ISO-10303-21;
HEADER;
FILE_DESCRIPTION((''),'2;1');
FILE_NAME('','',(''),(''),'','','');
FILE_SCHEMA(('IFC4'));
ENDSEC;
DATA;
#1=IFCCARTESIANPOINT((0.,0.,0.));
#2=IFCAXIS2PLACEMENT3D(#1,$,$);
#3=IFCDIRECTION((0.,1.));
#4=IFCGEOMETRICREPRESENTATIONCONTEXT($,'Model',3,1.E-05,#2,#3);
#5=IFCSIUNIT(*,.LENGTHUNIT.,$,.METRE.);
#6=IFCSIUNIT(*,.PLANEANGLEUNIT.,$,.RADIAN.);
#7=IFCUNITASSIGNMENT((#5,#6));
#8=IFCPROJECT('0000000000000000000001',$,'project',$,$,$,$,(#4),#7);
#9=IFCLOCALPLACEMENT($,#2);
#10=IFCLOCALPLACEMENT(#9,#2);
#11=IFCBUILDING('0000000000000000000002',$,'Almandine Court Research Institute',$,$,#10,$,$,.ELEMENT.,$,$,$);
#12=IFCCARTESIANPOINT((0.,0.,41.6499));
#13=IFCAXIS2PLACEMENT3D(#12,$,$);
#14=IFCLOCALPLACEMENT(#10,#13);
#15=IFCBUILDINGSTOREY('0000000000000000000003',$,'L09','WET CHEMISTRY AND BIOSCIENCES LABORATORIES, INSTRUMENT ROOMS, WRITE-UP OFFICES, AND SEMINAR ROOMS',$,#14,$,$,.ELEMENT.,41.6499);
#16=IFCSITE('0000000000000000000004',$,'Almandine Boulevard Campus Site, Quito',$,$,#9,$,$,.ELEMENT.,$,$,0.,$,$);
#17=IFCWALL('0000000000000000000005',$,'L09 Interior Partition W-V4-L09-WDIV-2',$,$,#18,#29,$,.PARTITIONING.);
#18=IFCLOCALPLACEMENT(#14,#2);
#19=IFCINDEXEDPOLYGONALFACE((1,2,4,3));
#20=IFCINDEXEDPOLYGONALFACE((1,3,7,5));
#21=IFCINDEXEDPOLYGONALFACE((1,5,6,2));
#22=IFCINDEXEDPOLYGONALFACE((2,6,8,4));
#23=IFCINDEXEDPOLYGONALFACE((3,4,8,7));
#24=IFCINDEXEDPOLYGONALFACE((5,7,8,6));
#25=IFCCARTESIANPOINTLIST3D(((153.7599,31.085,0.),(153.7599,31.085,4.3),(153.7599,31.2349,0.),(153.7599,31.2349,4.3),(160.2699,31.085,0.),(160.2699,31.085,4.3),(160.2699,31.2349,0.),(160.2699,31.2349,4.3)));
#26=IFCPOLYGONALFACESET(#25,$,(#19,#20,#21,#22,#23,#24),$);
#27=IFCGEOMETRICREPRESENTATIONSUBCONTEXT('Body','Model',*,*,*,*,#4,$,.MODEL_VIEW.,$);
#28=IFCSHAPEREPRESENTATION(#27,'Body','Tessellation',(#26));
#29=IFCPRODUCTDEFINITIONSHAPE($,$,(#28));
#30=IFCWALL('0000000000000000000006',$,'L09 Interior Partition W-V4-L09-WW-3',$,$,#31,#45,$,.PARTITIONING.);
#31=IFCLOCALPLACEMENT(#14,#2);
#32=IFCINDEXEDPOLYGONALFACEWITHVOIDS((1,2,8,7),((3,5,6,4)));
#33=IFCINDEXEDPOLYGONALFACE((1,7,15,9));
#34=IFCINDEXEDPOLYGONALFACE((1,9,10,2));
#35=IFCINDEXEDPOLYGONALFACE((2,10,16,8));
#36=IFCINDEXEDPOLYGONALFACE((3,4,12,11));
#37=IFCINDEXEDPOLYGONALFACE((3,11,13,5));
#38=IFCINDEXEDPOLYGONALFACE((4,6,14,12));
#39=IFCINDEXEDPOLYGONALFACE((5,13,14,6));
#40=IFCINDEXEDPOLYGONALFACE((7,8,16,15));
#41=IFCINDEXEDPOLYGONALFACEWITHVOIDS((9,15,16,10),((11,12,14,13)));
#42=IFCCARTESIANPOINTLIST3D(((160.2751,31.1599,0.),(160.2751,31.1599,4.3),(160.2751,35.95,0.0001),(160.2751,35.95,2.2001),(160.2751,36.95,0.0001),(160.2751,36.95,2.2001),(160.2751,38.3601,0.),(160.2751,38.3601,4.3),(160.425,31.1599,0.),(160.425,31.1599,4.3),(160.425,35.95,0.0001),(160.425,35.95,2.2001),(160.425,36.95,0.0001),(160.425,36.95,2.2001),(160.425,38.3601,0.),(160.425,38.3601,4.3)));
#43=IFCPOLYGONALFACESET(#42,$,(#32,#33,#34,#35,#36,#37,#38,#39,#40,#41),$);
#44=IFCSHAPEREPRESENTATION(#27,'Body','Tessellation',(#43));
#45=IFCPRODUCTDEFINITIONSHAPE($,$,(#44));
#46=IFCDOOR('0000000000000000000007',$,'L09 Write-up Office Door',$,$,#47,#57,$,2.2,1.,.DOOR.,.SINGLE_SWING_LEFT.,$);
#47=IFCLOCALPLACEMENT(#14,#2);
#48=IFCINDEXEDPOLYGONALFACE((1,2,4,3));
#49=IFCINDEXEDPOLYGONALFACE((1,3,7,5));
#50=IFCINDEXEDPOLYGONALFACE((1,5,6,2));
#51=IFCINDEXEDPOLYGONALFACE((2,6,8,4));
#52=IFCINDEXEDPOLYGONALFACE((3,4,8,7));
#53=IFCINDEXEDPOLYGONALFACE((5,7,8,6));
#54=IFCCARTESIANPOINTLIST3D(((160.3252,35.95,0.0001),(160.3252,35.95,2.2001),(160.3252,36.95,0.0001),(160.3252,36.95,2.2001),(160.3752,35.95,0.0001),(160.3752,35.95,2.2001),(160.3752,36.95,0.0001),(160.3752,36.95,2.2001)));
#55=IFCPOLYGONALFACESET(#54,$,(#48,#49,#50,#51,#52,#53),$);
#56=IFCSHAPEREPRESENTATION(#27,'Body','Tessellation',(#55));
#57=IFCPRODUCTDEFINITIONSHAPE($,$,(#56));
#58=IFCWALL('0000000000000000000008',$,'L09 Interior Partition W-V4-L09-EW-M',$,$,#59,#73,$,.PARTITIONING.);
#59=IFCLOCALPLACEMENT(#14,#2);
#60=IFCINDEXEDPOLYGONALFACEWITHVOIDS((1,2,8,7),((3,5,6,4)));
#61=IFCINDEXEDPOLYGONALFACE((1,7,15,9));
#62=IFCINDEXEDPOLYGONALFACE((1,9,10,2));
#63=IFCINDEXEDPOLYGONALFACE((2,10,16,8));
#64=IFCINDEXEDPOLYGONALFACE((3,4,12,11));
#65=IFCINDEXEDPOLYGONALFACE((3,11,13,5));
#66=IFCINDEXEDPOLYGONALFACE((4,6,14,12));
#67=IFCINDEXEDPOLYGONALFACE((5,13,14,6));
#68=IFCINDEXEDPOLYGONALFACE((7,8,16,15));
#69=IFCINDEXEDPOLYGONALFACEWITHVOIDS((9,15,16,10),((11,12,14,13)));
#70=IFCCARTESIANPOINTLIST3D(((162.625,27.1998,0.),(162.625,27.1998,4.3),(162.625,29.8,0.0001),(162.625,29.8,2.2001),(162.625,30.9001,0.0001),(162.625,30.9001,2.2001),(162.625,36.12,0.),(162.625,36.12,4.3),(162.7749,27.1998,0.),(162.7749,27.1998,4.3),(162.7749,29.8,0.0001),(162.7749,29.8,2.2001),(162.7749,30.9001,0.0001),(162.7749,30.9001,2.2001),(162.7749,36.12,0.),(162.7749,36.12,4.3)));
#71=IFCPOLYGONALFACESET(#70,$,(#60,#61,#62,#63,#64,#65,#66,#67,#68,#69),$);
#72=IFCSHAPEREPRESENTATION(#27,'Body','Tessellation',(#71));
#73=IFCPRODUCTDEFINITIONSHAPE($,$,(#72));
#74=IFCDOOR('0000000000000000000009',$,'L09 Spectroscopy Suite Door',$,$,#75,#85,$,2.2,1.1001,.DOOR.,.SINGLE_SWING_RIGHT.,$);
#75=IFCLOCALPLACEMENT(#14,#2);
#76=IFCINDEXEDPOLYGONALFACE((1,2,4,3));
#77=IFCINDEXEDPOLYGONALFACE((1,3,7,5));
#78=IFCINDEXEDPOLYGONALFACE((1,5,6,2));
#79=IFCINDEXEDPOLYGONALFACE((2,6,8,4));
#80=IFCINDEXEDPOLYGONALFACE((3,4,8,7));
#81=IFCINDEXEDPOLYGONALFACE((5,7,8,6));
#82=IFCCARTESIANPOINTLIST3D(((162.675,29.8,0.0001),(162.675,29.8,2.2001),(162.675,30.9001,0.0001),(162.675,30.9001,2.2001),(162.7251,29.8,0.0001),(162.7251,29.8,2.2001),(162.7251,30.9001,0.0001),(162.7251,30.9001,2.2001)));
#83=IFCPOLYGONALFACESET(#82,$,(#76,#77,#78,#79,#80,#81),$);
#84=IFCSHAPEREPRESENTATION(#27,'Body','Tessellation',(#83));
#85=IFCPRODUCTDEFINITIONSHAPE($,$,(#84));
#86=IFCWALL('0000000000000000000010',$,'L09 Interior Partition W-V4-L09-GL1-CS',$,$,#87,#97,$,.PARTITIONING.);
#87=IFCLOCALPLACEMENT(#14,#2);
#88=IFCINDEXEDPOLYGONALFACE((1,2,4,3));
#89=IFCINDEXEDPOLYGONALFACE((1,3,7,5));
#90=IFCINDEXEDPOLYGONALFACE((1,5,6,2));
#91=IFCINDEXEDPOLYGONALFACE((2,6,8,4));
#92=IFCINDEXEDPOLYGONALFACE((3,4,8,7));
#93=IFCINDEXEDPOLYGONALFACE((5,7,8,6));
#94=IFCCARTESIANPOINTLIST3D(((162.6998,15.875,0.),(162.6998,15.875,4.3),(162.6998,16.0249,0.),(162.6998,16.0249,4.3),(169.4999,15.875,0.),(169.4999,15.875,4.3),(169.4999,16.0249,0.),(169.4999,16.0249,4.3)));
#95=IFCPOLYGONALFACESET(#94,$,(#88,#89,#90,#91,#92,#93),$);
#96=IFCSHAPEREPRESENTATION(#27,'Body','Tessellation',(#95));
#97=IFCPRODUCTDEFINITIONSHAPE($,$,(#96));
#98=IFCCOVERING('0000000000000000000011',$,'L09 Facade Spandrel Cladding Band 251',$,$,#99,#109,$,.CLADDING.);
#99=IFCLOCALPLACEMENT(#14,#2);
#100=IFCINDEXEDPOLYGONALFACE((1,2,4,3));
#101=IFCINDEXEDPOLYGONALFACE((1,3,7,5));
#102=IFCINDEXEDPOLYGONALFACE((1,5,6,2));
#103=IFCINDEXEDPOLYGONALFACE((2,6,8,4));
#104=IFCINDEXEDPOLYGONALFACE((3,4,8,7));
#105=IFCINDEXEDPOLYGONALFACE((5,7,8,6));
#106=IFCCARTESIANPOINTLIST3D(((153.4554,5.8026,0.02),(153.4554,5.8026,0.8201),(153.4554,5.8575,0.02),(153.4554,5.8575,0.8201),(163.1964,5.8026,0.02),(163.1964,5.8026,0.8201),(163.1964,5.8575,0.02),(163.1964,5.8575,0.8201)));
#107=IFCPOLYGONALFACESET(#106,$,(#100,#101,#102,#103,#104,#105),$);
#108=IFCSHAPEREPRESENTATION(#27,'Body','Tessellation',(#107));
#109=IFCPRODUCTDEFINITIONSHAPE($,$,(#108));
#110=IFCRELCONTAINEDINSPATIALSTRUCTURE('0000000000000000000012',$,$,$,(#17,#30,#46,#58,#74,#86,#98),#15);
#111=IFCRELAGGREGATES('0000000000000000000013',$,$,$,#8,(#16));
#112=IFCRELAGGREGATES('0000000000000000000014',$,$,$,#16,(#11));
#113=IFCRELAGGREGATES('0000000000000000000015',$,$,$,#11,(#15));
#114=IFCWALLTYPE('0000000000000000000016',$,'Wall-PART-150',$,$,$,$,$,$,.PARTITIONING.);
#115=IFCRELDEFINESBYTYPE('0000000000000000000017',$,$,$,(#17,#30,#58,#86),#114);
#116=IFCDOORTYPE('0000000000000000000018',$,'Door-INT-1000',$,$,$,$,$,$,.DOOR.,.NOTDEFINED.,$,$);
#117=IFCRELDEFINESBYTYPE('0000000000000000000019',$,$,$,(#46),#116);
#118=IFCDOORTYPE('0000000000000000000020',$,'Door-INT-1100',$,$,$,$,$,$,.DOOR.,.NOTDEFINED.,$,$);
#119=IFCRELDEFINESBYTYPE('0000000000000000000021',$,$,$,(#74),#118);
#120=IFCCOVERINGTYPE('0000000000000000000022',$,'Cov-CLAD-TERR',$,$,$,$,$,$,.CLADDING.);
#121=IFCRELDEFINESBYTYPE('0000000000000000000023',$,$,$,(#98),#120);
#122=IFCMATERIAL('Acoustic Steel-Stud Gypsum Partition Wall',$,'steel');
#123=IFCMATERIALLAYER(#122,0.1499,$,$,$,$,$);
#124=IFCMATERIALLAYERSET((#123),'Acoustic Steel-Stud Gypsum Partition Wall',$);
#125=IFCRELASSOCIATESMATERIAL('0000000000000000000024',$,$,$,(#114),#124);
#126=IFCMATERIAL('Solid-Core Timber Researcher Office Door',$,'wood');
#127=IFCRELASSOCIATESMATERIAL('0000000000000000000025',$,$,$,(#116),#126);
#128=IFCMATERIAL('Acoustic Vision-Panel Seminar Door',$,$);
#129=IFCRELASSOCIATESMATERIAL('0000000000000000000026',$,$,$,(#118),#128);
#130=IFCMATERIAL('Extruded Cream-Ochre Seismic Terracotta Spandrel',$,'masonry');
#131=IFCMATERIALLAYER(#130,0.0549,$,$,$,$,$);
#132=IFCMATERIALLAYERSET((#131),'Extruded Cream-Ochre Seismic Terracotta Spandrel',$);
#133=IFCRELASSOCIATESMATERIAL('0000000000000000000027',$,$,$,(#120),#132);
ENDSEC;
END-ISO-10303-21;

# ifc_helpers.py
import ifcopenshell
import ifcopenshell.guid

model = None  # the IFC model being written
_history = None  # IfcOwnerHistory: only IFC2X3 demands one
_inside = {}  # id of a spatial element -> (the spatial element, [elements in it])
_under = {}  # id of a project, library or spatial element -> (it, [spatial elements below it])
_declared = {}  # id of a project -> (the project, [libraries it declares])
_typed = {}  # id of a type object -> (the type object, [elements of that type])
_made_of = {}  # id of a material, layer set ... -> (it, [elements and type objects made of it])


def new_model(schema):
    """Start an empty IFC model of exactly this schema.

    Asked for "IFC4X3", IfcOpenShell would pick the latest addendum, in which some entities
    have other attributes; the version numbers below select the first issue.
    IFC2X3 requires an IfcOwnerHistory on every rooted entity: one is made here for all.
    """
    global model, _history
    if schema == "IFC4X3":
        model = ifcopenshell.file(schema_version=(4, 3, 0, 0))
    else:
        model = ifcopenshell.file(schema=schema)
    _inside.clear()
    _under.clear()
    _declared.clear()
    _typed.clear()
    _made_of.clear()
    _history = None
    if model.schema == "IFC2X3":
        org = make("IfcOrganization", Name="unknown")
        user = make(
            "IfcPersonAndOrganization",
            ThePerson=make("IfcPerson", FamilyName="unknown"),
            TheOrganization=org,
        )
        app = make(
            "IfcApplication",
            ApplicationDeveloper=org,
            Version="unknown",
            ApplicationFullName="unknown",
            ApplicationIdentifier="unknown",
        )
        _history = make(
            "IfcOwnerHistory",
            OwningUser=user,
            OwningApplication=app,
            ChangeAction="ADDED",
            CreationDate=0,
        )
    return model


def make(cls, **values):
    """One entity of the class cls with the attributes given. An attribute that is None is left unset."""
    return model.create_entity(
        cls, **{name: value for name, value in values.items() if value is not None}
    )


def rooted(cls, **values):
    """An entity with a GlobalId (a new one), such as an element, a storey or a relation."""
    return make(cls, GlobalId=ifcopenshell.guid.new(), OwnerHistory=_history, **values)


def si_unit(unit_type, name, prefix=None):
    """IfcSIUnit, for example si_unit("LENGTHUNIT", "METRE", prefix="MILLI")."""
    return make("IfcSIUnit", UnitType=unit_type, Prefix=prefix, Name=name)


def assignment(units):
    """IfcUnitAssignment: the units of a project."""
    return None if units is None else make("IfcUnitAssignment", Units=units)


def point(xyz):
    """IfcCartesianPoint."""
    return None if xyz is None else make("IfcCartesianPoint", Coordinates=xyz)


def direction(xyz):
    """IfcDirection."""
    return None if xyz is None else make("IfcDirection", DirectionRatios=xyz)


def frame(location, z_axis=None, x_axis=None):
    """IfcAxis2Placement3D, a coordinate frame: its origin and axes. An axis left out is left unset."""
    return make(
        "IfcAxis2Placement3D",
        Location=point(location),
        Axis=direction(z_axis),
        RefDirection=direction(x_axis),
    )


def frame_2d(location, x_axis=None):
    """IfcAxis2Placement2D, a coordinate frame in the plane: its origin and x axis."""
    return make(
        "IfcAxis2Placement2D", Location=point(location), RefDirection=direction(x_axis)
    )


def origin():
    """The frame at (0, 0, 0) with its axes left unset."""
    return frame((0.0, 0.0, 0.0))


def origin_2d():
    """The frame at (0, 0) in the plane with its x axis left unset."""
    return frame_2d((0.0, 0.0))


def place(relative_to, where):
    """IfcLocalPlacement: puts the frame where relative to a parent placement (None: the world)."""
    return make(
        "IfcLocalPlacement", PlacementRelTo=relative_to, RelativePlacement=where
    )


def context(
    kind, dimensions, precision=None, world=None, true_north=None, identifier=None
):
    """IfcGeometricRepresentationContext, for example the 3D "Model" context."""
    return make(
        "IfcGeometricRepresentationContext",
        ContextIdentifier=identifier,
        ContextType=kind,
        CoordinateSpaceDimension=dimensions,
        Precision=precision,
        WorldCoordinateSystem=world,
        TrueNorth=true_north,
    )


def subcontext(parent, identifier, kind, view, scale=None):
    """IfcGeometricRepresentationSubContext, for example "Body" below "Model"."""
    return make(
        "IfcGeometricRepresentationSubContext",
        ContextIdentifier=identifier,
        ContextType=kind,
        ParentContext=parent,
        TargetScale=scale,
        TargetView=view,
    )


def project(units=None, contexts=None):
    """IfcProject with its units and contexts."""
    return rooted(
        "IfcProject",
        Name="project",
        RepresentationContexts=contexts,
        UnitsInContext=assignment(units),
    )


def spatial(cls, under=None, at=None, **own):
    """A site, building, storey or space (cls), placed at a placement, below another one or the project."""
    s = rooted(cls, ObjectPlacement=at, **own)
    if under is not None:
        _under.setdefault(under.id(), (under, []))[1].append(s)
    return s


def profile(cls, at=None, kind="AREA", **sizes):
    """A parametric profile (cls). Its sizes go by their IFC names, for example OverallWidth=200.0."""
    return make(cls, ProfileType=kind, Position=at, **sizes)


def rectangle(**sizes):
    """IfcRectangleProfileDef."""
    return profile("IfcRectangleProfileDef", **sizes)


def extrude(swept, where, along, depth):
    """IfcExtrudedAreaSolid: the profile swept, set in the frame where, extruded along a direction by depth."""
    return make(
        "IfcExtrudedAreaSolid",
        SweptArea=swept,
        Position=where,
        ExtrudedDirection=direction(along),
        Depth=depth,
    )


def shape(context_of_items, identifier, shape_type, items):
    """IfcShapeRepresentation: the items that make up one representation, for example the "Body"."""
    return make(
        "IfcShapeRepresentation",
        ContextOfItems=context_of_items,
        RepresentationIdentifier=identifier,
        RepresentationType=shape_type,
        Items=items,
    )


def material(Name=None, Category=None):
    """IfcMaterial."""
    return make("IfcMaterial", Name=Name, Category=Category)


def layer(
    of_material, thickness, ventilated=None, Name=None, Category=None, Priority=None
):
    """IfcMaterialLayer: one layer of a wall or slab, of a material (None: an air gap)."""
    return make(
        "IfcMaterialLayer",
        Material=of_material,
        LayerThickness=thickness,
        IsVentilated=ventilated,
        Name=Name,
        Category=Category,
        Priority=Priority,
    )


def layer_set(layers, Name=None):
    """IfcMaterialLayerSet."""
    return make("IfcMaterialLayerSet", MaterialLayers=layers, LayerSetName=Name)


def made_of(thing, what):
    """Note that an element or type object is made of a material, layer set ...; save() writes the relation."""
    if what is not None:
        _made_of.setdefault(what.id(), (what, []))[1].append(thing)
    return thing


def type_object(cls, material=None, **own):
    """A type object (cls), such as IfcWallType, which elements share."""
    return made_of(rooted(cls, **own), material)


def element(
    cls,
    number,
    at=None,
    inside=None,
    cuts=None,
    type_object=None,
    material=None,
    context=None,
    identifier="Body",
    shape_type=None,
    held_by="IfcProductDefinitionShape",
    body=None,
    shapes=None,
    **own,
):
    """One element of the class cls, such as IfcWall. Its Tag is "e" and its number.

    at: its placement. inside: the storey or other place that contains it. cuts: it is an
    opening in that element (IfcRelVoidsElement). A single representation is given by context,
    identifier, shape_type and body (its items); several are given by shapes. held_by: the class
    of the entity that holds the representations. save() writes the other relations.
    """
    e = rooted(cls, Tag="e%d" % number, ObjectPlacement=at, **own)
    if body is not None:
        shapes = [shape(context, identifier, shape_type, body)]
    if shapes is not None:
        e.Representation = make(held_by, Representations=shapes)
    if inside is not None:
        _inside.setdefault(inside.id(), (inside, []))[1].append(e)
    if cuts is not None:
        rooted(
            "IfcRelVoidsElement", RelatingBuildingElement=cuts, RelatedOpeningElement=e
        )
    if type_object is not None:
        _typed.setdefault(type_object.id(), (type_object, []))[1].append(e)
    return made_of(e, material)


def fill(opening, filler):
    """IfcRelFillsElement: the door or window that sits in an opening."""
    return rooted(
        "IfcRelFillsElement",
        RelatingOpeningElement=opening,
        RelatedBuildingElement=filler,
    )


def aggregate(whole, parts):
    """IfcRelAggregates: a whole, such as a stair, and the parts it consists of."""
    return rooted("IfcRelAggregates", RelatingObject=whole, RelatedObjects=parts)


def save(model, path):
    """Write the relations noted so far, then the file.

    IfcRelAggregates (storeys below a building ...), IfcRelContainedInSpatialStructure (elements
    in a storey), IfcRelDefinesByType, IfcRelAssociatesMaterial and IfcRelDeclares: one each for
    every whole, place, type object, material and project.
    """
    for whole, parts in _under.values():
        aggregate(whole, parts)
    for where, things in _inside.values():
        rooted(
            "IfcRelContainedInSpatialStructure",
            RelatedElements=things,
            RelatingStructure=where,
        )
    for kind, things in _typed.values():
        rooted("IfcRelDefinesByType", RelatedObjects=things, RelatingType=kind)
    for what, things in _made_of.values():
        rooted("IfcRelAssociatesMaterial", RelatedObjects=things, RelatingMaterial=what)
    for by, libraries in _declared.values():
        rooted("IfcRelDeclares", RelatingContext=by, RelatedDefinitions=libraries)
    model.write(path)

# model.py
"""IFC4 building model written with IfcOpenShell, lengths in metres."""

from ifc_helpers import new_model, si_unit, direction, frame, frame_2d, origin, origin_2d, place, context, subcontext, project, spatial, rectangle, extrude, material, layer, layer_set, type_object, element, fill, save


model = new_model("IFC4")

# Units and contexts
model_context = context("Model", 3, precision=1e-05, world=origin(), true_north=direction((0.0, 1.0)))
body_context = subcontext(model_context, "Body", "Model", "MODEL_VIEW")
ifc_project = project(units=[si_unit("LENGTHUNIT", "METRE"), si_unit("PLANEANGLEUNIT", "RADIAN")], contexts=[model_context])

# Site, building, storey
site_placement = place(None, origin())
site = spatial("IfcSite", under=ifc_project, at=site_placement, Name="Almandine Boulevard Campus Site, Quito", CompositionType="ELEMENT", RefElevation=0.0)
building_placement = place(site_placement, origin())
building = spatial("IfcBuilding", under=site, at=building_placement, Name="Almandine Court Research Institute", CompositionType="ELEMENT")
storey_placement = place(building_placement, frame((0.0, 0.0, 41.6499)))
storey = spatial("IfcBuildingStorey", under=building, at=storey_placement, Name="L09", Description="WET CHEMISTRY AND BIOSCIENCES LABORATORIES, INSTRUMENT ROOMS, WRITE-UP OFFICES, AND SEMINAR ROOMS", CompositionType="ELEMENT", Elevation=41.6499)

# Shared definitions
ifc_material_1 = material(Name="Acoustic Steel-Stud Gypsum Partition Wall", Category="steel")
ifc_layer_1 = layer(ifc_material_1, 0.1499)
ifc_layer_set_1 = layer_set([ifc_layer_1], Name="Acoustic Steel-Stud Gypsum Partition Wall")
wall_type_1 = type_object("IfcWallType", Name="Wall-PART-150", PredefinedType="PARTITIONING", material=ifc_layer_set_1)
ifc_material_2 = material(Name="Solid-Core Timber Researcher Office Door", Category="wood")
door_type_1 = type_object("IfcDoorType", Name="Door-INT-1000", OperationType="NOTDEFINED", PredefinedType="DOOR", material=ifc_material_2)

# Wall
wall_1_placement = place(storey_placement, frame((153.76, 31.1599, 0.0), z_axis=(0.0, 0.0, 1.0), x_axis=(1.0, 0.0, 0.0)))
element("IfcWall", 1, at=wall_1_placement, inside=storey, type_object=wall_type_1, Name="L09 Interior Partition W-V4-L09-WDIV-2", PredefinedType="PARTITIONING", context=body_context, shape_type="SweptSolid", body=[
    extrude(rectangle(XDim=6.51, YDim=0.1499, at=frame_2d((3.2549, 0.0))), origin(), (0.0, 0.0, 1.0), 4.3),
])

# Wall, opening, door
wall_2_placement = place(storey_placement, frame((160.3501, 31.1599, 0.0), z_axis=(0.0, 0.0, 1.0), x_axis=(0.0, 1.0, 0.0)))
wall_2 = element("IfcWall", 2, at=wall_2_placement, inside=storey, type_object=wall_type_1, Name="L09 Interior Partition W-V4-L09-WW-3", PredefinedType="PARTITIONING", context=body_context, shape_type="SweptSolid", body=[
    extrude(rectangle(XDim=7.2002, YDim=0.1499, at=frame_2d((3.6001, 0.0))), origin(), (0.0, 0.0, 1.0), 4.3),
])
opening_1_placement = place(wall_2_placement, frame((4.79, 0.0, 0.0)))
opening_1 = element("IfcOpeningElement", 3, at=opening_1_placement, cuts=wall_2, PredefinedType="OPENING", context=body_context, shape_type="SweptSolid", body=[
    extrude(rectangle(XDim=1.0, YDim=2.2, at=frame_2d((0.5, 1.1001))), frame((0.0, 0.085, 0.0), z_axis=(0.0, -1.0, 0.0), x_axis=(1.0, 0.0, 0.0)), (0.0, 0.0, 1.0), 0.1699),
])
door_1_placement = place(opening_1_placement, origin())
door_1 = element("IfcDoor", 4, at=door_1_placement, inside=storey, type_object=door_type_1, Name="L09 Write-up Office Door", OperationType="SINGLE_SWING_LEFT", OverallHeight=2.2, OverallWidth=1.0, PredefinedType="DOOR", context=body_context, shape_type="SweptSolid", body=[
    extrude(rectangle(XDim=1.0, YDim=2.2, at=frame_2d((0.5, 1.1001))), frame((0.0, 0.0249, 0.0), z_axis=(0.0, -1.0, 0.0), x_axis=(1.0, 0.0, 0.0)), (0.0, 0.0, 1.0), 0.05),
])
fill(opening_1, door_1)

# Wall, opening, door
wall_3_placement = place(storey_placement, frame((162.7, 27.2, 0.0), z_axis=(0.0, 0.0, 1.0), x_axis=(0.0, 1.0, 0.0)))
wall_3 = element("IfcWall", 5, at=wall_3_placement, inside=storey, type_object=wall_type_1, Name="L09 Interior Partition W-V4-L09-EW-M", PredefinedType="PARTITIONING", context=body_context, shape_type="SweptSolid", body=[
    extrude(rectangle(XDim=8.9202, YDim=0.1499, at=frame_2d((4.46, 0.0))), origin(), (0.0, 0.0, 1.0), 4.3),
])
opening_2_placement = place(wall_3_placement, frame((2.6001, 0.0, 0.0)))
opening_2 = element("IfcOpeningElement", 6, at=opening_2_placement, cuts=wall_3, PredefinedType="OPENING", context=body_context, shape_type="SweptSolid", body=[
    extrude(rectangle(XDim=1.1001, YDim=2.2, at=frame_2d((0.55, 1.1001))), frame((0.0, 0.085, 0.0), z_axis=(0.0, -1.0, 0.0), x_axis=(1.0, 0.0, 0.0)), (0.0, 0.0, 1.0), 0.1699),
])
ifc_material_3 = material(Name="Acoustic Vision-Panel Seminar Door")
door_type_2 = type_object("IfcDoorType", Name="Door-INT-1100", OperationType="NOTDEFINED", PredefinedType="DOOR", material=ifc_material_3)
door_2_placement = place(opening_2_placement, origin())
door_2 = element("IfcDoor", 7, at=door_2_placement, inside=storey, type_object=door_type_2, Name="L09 Spectroscopy Suite Door", OperationType="SINGLE_SWING_RIGHT", OverallHeight=2.2, OverallWidth=1.1001, PredefinedType="DOOR", context=body_context, shape_type="SweptSolid", body=[
    extrude(rectangle(XDim=1.1001, YDim=2.2, at=frame_2d((0.55, 1.1001))), frame((0.0, 0.0249, 0.0), z_axis=(0.0, -1.0, 0.0), x_axis=(1.0, 0.0, 0.0)), (0.0, 0.0, 1.0), 0.05),
])
fill(opening_2, door_2)

# Wall
wall_4_placement = place(storey_placement, frame((162.7, 15.95, 0.0), z_axis=(0.0, 0.0, 1.0), x_axis=(1.0, 0.0, 0.0)))
element("IfcWall", 8, at=wall_4_placement, inside=storey, type_object=wall_type_1, Name="L09 Interior Partition W-V4-L09-GL1-CS", PredefinedType="PARTITIONING", context=body_context, shape_type="SweptSolid", body=[
    extrude(rectangle(XDim=6.8, YDim=0.1499, at=frame_2d((3.3999, 0.0))), origin(), (0.0, 0.0, 1.0), 4.3),
])

# Covering
ifc_material_4 = material(Name="Extruded Cream-Ochre Seismic Terracotta Spandrel", Category="masonry")
ifc_layer_2 = layer(ifc_material_4, 0.0549)
ifc_layer_set_2 = layer_set([ifc_layer_2], Name="Extruded Cream-Ochre Seismic Terracotta Spandrel")
covering_type = type_object("IfcCoveringType", Name="Cov-CLAD-TERR", PredefinedType="CLADDING", material=ifc_layer_set_2)
covering_placement = place(storey_placement, frame((158.3259, 5.8301, 0.02), z_axis=(0.0, 0.0, 1.0), x_axis=(-1.0, 0.0, 0.0)))
element("IfcCovering", 9, at=covering_placement, inside=storey, type_object=covering_type, Name="L09 Facade Spandrel Cladding Band 251", PredefinedType="CLADDING", context=body_context, shape_type="SweptSolid", body=[
    extrude(rectangle(XDim=9.741, YDim=0.0549, at=origin_2d()), origin(), (0.0, 0.0, 1.0), 0.8),
])

save(model, "model.ifc")
